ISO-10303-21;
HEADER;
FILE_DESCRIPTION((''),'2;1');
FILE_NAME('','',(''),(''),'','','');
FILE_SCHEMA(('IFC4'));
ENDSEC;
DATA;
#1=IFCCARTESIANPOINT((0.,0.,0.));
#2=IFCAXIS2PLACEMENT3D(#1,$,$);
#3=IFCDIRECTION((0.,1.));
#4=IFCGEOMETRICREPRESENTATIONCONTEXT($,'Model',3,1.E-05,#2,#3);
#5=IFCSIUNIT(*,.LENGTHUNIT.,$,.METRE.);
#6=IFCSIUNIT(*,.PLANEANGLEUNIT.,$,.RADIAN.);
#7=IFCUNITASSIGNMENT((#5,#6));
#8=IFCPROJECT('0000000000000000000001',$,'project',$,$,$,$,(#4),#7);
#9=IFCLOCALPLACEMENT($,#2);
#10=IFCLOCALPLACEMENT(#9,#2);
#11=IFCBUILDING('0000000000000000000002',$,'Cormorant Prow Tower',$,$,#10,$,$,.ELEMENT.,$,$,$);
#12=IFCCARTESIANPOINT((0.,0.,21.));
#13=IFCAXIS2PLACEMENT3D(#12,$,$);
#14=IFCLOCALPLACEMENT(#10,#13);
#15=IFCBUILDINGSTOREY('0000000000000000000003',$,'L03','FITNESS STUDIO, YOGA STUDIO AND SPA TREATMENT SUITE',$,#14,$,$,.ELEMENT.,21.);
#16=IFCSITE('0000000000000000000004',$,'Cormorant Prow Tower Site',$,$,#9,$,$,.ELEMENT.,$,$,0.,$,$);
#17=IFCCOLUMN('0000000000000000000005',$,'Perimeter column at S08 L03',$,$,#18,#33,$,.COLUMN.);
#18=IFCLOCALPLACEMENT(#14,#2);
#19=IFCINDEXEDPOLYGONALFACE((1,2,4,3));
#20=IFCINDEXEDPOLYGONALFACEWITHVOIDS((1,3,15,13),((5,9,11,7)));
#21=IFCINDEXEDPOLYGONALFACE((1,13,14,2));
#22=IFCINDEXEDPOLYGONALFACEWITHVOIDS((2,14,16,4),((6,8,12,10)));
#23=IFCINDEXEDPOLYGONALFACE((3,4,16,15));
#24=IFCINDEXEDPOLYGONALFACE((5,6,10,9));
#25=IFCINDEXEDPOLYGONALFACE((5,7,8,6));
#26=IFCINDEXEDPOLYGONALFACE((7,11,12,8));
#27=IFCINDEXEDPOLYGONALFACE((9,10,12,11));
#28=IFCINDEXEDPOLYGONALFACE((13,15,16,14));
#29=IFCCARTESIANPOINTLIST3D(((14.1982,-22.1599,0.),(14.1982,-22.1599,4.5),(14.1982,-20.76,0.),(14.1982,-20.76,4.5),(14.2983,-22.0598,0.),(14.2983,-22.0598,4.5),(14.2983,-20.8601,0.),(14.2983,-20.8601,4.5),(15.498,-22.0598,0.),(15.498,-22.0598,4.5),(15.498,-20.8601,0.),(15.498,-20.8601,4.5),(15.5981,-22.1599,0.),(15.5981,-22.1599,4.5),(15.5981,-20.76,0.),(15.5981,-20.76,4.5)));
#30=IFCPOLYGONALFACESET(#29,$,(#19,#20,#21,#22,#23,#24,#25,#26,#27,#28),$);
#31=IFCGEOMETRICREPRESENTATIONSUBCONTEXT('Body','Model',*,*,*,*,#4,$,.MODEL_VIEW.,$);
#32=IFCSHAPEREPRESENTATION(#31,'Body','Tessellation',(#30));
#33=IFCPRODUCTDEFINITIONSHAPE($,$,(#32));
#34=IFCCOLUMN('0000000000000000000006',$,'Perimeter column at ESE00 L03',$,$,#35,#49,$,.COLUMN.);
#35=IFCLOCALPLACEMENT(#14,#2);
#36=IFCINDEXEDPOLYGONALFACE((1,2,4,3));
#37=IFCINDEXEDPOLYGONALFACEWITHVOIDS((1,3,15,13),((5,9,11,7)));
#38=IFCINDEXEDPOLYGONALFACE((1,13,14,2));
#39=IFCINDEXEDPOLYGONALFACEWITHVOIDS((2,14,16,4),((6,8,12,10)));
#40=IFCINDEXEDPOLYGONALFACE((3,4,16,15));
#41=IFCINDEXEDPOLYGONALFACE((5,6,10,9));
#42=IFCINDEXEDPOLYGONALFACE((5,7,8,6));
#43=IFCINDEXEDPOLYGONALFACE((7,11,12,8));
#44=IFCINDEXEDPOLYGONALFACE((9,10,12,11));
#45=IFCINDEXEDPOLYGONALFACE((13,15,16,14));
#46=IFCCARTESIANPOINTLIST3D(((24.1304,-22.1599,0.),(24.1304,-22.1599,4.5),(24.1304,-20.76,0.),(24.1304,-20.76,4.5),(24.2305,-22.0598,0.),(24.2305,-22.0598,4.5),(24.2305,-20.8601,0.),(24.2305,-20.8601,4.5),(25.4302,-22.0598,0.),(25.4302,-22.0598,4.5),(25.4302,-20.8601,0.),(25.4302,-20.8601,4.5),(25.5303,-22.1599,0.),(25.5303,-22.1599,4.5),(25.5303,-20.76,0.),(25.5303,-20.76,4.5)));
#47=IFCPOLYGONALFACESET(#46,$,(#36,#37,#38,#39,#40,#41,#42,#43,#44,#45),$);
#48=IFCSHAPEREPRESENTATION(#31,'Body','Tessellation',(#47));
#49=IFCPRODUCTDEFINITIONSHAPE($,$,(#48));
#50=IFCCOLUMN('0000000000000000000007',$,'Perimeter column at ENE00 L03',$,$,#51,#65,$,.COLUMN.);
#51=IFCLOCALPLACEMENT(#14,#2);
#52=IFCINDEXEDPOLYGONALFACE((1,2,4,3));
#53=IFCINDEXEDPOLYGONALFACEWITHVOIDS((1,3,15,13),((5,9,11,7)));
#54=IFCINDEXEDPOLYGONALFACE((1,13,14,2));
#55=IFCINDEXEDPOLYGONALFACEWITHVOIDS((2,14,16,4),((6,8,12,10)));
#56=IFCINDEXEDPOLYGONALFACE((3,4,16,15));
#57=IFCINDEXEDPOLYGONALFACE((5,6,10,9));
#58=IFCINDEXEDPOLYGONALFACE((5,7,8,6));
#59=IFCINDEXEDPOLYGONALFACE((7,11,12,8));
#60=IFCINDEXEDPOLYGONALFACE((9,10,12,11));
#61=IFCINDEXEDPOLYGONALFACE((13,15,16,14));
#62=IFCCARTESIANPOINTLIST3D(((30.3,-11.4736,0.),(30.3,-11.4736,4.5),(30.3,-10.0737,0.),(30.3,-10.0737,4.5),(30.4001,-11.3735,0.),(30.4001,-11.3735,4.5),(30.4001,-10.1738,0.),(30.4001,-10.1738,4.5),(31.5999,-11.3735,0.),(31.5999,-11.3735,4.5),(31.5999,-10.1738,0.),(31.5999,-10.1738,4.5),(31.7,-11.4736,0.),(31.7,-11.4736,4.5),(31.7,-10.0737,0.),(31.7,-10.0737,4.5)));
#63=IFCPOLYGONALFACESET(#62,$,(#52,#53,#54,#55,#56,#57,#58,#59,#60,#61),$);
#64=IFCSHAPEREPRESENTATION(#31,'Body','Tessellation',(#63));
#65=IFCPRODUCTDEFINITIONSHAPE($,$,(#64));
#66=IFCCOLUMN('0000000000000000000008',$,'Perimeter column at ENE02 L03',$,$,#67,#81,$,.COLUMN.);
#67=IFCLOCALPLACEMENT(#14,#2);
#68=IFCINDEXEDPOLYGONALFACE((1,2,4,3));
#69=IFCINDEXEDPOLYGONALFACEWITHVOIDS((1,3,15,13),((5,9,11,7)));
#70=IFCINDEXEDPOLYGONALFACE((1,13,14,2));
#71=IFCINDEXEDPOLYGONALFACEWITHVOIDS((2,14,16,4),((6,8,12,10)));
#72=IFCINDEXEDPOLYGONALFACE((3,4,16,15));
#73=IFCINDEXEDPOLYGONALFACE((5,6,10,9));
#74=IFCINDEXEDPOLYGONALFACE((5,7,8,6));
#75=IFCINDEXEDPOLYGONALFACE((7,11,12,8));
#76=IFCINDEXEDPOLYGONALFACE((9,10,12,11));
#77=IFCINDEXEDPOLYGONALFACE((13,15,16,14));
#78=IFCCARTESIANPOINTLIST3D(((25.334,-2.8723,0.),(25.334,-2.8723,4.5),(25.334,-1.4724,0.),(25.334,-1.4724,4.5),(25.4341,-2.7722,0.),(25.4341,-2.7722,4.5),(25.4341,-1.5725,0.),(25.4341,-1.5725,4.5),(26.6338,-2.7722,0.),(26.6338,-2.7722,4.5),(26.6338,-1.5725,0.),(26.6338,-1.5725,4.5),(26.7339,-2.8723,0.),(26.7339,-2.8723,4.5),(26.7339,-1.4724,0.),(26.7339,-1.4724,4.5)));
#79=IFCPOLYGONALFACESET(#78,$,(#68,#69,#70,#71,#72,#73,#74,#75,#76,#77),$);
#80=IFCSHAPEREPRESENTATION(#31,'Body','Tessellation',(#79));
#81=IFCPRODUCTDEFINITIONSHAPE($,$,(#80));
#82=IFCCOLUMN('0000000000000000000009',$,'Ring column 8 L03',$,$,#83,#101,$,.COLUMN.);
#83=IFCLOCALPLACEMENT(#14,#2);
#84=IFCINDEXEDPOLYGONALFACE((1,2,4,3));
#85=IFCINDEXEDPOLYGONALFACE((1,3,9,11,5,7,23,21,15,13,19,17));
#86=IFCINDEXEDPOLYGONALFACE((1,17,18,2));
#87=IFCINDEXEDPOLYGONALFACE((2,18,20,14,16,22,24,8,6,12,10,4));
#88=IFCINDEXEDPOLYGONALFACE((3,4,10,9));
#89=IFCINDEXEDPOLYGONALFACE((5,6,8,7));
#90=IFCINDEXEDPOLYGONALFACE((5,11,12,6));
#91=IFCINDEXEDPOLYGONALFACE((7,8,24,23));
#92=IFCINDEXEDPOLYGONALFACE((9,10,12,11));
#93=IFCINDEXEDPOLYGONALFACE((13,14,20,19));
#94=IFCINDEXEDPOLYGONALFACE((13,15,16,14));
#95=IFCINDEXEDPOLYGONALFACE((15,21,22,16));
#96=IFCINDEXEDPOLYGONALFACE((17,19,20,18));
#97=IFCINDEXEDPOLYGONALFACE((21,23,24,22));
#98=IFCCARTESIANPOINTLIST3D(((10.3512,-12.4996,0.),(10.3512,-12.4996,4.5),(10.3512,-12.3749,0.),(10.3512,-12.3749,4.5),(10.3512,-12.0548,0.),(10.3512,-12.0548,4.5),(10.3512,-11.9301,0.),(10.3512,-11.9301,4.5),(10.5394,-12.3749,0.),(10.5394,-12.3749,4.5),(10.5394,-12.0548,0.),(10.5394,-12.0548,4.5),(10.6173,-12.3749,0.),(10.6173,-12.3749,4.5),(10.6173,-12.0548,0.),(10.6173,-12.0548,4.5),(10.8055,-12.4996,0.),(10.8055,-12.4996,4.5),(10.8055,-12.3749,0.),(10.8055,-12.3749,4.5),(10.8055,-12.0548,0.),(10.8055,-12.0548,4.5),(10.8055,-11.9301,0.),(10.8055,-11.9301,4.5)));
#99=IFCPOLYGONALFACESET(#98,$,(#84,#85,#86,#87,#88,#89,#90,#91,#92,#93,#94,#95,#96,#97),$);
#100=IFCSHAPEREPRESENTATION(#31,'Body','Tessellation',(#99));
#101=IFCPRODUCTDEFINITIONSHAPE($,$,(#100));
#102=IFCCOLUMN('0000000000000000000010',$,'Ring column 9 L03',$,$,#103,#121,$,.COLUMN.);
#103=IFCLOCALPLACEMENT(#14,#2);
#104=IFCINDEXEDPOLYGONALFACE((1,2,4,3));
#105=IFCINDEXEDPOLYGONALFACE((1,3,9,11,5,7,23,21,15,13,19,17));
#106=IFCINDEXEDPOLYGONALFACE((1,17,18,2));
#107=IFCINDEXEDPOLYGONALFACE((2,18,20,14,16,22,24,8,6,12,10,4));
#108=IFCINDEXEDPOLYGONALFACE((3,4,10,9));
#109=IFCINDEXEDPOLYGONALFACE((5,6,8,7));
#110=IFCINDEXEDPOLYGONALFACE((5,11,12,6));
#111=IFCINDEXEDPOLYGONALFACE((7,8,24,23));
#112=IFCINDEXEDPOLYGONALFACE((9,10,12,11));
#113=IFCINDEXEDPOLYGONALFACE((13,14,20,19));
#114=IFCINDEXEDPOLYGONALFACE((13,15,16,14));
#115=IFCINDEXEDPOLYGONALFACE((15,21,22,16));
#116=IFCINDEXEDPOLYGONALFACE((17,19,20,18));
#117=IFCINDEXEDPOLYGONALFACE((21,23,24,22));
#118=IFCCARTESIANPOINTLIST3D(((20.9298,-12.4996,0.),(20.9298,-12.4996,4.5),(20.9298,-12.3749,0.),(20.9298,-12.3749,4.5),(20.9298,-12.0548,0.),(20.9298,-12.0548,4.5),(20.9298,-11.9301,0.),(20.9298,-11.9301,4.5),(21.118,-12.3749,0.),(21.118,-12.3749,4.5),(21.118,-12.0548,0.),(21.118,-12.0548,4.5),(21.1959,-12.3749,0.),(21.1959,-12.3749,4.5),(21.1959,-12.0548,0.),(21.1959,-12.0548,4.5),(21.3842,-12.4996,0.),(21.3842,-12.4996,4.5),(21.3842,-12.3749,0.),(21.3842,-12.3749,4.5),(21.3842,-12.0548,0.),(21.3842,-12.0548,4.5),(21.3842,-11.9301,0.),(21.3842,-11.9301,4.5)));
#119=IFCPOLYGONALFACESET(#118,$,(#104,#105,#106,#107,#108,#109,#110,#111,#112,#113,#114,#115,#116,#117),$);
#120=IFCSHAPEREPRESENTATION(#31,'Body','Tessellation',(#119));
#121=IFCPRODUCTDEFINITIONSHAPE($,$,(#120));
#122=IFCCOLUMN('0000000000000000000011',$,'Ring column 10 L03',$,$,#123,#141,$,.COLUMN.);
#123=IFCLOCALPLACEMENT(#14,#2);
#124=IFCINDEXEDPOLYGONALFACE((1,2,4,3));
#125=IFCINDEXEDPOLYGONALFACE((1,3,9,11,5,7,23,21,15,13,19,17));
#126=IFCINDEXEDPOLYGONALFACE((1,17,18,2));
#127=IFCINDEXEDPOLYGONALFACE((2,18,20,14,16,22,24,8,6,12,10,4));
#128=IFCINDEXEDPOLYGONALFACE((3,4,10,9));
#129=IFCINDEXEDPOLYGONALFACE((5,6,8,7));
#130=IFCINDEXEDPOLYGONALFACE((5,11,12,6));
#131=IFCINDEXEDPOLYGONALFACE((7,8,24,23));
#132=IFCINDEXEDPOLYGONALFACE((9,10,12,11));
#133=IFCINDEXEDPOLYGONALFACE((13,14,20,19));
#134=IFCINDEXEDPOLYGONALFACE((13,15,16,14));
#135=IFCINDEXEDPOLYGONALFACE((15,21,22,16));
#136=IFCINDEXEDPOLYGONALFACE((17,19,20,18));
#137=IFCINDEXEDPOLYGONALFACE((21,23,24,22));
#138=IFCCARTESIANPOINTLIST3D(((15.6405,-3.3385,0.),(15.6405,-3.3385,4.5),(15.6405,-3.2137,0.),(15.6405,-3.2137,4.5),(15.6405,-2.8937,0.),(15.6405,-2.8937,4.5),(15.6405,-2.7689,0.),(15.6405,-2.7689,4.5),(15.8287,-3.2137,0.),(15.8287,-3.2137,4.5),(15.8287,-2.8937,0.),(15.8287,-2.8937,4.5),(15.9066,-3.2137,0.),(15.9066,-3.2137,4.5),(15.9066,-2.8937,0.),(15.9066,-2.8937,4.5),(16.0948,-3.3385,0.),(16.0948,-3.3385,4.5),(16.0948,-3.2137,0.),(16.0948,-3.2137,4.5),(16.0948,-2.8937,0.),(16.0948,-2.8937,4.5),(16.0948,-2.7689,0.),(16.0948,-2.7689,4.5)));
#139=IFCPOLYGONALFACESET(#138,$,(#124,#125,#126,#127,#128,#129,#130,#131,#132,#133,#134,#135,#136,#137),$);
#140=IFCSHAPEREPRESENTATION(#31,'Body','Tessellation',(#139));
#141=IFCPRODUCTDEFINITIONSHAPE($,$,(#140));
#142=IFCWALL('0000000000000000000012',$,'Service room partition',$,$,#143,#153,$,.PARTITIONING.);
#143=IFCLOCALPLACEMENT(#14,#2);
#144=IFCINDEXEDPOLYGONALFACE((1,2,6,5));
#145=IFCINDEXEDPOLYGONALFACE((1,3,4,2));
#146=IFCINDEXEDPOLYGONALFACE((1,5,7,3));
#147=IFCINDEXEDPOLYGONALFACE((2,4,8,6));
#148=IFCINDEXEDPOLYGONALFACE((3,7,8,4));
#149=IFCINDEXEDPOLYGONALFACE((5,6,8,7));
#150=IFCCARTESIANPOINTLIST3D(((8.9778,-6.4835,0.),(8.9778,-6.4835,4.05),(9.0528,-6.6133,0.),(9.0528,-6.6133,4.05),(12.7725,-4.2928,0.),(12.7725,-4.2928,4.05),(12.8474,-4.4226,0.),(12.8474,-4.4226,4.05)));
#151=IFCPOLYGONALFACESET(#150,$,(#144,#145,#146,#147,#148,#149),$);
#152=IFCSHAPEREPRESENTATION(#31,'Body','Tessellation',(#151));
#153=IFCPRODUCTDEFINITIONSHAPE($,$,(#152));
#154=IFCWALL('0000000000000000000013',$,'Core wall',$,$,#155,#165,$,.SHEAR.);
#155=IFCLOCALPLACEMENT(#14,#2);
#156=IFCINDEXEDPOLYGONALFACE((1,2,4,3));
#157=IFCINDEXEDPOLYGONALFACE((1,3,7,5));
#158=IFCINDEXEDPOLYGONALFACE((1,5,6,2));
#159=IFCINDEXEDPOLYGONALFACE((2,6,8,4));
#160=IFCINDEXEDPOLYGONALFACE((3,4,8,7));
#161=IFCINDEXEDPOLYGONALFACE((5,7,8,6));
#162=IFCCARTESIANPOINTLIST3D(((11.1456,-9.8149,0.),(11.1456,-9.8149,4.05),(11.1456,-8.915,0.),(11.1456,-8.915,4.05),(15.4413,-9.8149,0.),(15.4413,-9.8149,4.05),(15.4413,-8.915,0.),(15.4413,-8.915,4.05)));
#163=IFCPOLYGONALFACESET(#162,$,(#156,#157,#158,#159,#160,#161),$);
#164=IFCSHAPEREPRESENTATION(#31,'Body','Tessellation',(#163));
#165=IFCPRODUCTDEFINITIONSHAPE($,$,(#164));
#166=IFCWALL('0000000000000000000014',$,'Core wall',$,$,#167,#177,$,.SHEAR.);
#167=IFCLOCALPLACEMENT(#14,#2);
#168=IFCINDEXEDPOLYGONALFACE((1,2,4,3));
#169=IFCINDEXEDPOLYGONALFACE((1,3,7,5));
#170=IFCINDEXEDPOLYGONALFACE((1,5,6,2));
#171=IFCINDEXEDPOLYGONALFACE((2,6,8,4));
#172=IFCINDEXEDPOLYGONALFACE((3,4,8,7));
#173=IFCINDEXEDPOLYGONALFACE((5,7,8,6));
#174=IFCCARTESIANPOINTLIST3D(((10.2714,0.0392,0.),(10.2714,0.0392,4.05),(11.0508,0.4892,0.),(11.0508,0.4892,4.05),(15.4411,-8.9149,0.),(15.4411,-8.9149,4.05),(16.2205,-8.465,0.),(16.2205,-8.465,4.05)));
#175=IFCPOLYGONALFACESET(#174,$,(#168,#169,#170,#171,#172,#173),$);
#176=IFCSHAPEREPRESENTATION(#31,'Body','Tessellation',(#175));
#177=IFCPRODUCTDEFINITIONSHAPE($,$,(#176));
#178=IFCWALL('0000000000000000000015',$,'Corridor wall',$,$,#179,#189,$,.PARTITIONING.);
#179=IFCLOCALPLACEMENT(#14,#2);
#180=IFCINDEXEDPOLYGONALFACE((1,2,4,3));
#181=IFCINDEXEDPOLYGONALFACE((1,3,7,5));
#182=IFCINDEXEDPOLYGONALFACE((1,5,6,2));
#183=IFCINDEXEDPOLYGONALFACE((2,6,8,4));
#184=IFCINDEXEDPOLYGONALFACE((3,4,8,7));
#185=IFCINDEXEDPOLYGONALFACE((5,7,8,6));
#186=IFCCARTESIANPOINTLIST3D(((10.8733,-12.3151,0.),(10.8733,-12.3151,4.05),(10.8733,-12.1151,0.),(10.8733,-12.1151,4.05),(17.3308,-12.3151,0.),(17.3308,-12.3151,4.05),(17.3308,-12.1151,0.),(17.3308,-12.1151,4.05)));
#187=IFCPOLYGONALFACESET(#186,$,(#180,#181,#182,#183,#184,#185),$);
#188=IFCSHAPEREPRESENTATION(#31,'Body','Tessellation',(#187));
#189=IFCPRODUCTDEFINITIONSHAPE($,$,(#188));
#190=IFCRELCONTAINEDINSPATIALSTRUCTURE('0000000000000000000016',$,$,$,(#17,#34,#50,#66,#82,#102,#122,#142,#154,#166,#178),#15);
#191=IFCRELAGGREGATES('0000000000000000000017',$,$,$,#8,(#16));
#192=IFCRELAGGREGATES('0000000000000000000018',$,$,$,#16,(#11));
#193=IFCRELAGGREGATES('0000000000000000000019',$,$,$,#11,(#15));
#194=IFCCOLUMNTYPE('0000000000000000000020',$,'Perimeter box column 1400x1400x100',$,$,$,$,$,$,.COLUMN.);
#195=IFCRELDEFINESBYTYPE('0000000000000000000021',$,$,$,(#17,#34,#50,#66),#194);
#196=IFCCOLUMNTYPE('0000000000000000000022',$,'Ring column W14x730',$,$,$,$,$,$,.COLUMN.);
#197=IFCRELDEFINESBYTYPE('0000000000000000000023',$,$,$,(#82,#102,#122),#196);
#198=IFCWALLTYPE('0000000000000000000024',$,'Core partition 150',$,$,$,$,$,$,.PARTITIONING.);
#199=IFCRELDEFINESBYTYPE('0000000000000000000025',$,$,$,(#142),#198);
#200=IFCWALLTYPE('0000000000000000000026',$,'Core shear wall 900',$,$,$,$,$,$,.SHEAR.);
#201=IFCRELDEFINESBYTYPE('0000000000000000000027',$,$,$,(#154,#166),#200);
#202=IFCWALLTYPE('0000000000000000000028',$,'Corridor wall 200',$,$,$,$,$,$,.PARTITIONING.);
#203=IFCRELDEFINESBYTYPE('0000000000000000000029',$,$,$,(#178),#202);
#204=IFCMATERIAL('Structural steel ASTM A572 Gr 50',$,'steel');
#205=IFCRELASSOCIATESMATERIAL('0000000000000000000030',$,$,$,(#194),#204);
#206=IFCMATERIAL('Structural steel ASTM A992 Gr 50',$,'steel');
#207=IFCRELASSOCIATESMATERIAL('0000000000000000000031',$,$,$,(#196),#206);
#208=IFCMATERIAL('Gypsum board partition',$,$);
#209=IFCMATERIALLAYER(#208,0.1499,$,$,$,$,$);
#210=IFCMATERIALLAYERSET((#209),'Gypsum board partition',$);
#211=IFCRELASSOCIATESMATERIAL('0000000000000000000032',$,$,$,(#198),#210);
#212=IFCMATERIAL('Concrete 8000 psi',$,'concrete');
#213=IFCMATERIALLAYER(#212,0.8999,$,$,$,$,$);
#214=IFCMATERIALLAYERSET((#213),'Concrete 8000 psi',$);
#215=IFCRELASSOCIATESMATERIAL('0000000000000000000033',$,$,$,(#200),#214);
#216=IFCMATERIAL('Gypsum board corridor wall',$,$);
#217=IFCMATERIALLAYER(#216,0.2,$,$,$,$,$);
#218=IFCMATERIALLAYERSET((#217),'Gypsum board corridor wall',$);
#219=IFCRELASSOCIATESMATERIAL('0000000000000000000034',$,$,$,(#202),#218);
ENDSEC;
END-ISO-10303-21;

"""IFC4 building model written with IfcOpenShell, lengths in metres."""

from ifc_helpers import new_model, si_unit, direction, frame, frame_2d, origin, origin_2d, place, context, subcontext, project, spatial, rectangle, hollow_rectangle, i_section, extrude, material, layer, layer_set, material_profile, profile_set, type_object, element, save


model = new_model("IFC4")

# Units and contexts
model_context = context("Model", 3, precision=1e-05, world=origin(), true_north=direction((0.0, 1.0)))
body_context = subcontext(model_context, "Body", "Model", "MODEL_VIEW")
ifc_project = project(units=[si_unit("LENGTHUNIT", "METRE"), si_unit("PLANEANGLEUNIT", "RADIAN")], contexts=[model_context])

# Site, building, storey
site_placement = place(None, origin())
site = spatial("IfcSite", under=ifc_project, at=site_placement, Name="Cormorant Prow Tower Site", CompositionType="ELEMENT", RefElevation=0.0)
building_placement = place(site_placement, origin())
building = spatial("IfcBuilding", under=site, at=building_placement, Name="Cormorant Prow Tower", CompositionType="ELEMENT")
storey_placement = place(building_placement, frame((0.0, 0.0, 21.0)))
storey = spatial("IfcBuildingStorey", under=building, at=storey_placement, Name="L03", Description="FITNESS STUDIO, YOGA STUDIO AND SPA TREATMENT SUITE", CompositionType="ELEMENT", Elevation=21.0)

# Columns
ifc_material_1 = material(Name="Structural steel ASTM A572 Gr 50", Category="steel")
ifc_material_profile_1 = material_profile(ifc_material_1, hollow_rectangle(XDim=1.3999, YDim=1.3999, WallThickness=0.1001, at=origin_2d()), Name="Box 1400x1400x100")
ifc_profile_set_1 = profile_set([ifc_material_profile_1], Name="Structural steel ASTM A572 Gr 50")
column_type_1 = type_object("IfcColumnType", Name="Perimeter box column 1400x1400x100", PredefinedType="COLUMN", material=ifc_profile_set_1)
for number, where, z_axis, x_axis, name in (
    (1, (14.8982, -21.46, 0.0), (0.0, 0.0, 1.0), (1.0, 0.0, 0.0), "Perimeter column at S08 L03"),
    (2, (24.8303, -21.46, 0.0), (0.0, 0.0, 1.0), (1.0, 0.0, 0.0), "Perimeter column at ESE00 L03"),
    (3, (31.0, -10.7737, 0.0), (0.0, 0.0, 1.0), (1.0, 0.0, 0.0), "Perimeter column at ENE00 L03"),
    (4, (26.0339, -2.1724, 0.0), (0.0, 0.0, 1.0), (1.0, 0.0, 0.0), "Perimeter column at ENE02 L03"),
):
    element("IfcColumn", number, at=place(storey_placement, frame(where, z_axis=z_axis, x_axis=x_axis)), inside=storey, type_object=column_type_1, Name=name, PredefinedType="COLUMN", context=body_context, shape_type="SweptSolid", body=[
        extrude(hollow_rectangle(XDim=1.3999, YDim=1.3999, WallThickness=0.1001, at=origin_2d()), origin(), (0.0, 0.0, 1.0), 4.5),
    ])
ifc_material_2 = material(Name="Structural steel ASTM A992 Gr 50", Category="steel")
ifc_material_profile_2 = material_profile(ifc_material_2, i_section(OverallWidth=0.4543, OverallDepth=0.5696, WebThickness=0.0779, FlangeThickness=0.1248, at=origin_2d()), Name="W14x730")
ifc_profile_set_2 = profile_set([ifc_material_profile_2], Name="Structural steel ASTM A992 Gr 50")
column_type_2 = type_object("IfcColumnType", Name="Ring column W14x730", PredefinedType="COLUMN", material=ifc_profile_set_2)
for number, where, z_axis, x_axis, name in (
    (5, (10.5784, -12.2148, 0.0), (0.0, 0.0, 1.0), (1.0, 0.0, 0.0), "Ring column 8 L03"),
    (6, (21.157, -12.2148, 0.0), (0.0, 0.0, 1.0), (1.0, 0.0, 0.0), "Ring column 9 L03"),
    (7, (15.8677, -3.0537, 0.0), (0.0, 0.0, 1.0), (1.0, 0.0, 0.0), "Ring column 10 L03"),
):
    element("IfcColumn", number, at=place(storey_placement, frame(where, z_axis=z_axis, x_axis=x_axis)), inside=storey, type_object=column_type_2, Name=name, PredefinedType="COLUMN", context=body_context, shape_type="SweptSolid", body=[
        extrude(i_section(OverallWidth=0.4543, OverallDepth=0.5696, WebThickness=0.0779, FlangeThickness=0.1248, at=origin_2d()), origin(), (0.0, 0.0, 1.0), 4.5),
    ])

# Walls
ifc_material_3 = material(Name="Gypsum board partition")
ifc_layer_1 = layer(ifc_material_3, 0.1499)
ifc_layer_set_1 = layer_set([ifc_layer_1], Name="Gypsum board partition")
wall_type_1 = type_object("IfcWallType", Name="Core partition 150", PredefinedType="PARTITIONING", material=ifc_layer_set_1)
wall_1_placement = place(storey_placement, frame((12.8101, -4.3577, 0.0), z_axis=(0.0, 0.0, 1.0), x_axis=(-0.866044, -0.499968, 0.0)))
element("IfcWall", 8, at=wall_1_placement, inside=storey, type_object=wall_type_1, Name="Service room partition", PredefinedType="PARTITIONING", context=body_context, shape_type="SweptSolid", body=[
    extrude(rectangle(XDim=4.3816, YDim=0.1499, at=frame_2d((2.1909, 0.0))), origin(), (0.0, 0.0, 1.0), 4.05),
])
ifc_material_4 = material(Name="Concrete 8000 psi", Category="concrete")
ifc_layer_2 = layer(ifc_material_4, 0.8999)
ifc_layer_set_2 = layer_set([ifc_layer_2], Name="Concrete 8000 psi")
wall_type_2 = type_object("IfcWallType", Name="Core shear wall 900", PredefinedType="SHEAR", material=ifc_layer_set_2)
wall_2_placement = place(storey_placement, frame((11.1455, -9.365, 0.0), z_axis=(0.0, 0.0, 1.0), x_axis=(1.0, 0.0, 0.0)))
element("IfcWall", 9, at=wall_2_placement, inside=storey, type_object=wall_type_2, Name="Core wall", PredefinedType="SHEAR", context=body_context, shape_type="SweptSolid", body=[
    extrude(rectangle(XDim=4.2957, YDim=0.8999, at=frame_2d((2.1479, 0.0))), origin(), (0.0, 0.0, 1.0), 4.05),
])
wall_3_placement = place(storey_placement, frame((15.8308, -8.6899, 0.0), z_axis=(0.0, 0.0, 1.0), x_axis=(-0.500002, 0.866024, 0.0)))
element("IfcWall", 10, at=wall_3_placement, inside=storey, type_object=wall_type_2, Name="Core wall", PredefinedType="SHEAR", context=body_context, shape_type="SweptSolid", body=[
    extrude(rectangle(XDim=10.3394, YDim=0.8999, at=frame_2d((5.1697, 0.0))), origin(), (0.0, 0.0, 1.0), 4.05),
])
ifc_material_5 = material(Name="Gypsum board corridor wall")
ifc_layer_3 = layer(ifc_material_5, 0.2)
ifc_layer_set_3 = layer_set([ifc_layer_3], Name="Gypsum board corridor wall")
wall_type_3 = type_object("IfcWallType", Name="Corridor wall 200", PredefinedType="PARTITIONING", material=ifc_layer_set_3)
wall_4_placement = place(storey_placement, frame((10.8733, -12.2151, 0.0), z_axis=(0.0, 0.0, 1.0), x_axis=(1.0, 0.0, 0.0)))
element("IfcWall", 11, at=wall_4_placement, inside=storey, type_object=wall_type_3, Name="Corridor wall", PredefinedType="PARTITIONING", context=body_context, shape_type="SweptSolid", body=[
    extrude(rectangle(XDim=6.4575, YDim=0.2, at=frame_2d((3.2288, 0.0))), origin(), (0.0, 0.0, 1.0), 4.05),
])

save(model, "model.ifc")
